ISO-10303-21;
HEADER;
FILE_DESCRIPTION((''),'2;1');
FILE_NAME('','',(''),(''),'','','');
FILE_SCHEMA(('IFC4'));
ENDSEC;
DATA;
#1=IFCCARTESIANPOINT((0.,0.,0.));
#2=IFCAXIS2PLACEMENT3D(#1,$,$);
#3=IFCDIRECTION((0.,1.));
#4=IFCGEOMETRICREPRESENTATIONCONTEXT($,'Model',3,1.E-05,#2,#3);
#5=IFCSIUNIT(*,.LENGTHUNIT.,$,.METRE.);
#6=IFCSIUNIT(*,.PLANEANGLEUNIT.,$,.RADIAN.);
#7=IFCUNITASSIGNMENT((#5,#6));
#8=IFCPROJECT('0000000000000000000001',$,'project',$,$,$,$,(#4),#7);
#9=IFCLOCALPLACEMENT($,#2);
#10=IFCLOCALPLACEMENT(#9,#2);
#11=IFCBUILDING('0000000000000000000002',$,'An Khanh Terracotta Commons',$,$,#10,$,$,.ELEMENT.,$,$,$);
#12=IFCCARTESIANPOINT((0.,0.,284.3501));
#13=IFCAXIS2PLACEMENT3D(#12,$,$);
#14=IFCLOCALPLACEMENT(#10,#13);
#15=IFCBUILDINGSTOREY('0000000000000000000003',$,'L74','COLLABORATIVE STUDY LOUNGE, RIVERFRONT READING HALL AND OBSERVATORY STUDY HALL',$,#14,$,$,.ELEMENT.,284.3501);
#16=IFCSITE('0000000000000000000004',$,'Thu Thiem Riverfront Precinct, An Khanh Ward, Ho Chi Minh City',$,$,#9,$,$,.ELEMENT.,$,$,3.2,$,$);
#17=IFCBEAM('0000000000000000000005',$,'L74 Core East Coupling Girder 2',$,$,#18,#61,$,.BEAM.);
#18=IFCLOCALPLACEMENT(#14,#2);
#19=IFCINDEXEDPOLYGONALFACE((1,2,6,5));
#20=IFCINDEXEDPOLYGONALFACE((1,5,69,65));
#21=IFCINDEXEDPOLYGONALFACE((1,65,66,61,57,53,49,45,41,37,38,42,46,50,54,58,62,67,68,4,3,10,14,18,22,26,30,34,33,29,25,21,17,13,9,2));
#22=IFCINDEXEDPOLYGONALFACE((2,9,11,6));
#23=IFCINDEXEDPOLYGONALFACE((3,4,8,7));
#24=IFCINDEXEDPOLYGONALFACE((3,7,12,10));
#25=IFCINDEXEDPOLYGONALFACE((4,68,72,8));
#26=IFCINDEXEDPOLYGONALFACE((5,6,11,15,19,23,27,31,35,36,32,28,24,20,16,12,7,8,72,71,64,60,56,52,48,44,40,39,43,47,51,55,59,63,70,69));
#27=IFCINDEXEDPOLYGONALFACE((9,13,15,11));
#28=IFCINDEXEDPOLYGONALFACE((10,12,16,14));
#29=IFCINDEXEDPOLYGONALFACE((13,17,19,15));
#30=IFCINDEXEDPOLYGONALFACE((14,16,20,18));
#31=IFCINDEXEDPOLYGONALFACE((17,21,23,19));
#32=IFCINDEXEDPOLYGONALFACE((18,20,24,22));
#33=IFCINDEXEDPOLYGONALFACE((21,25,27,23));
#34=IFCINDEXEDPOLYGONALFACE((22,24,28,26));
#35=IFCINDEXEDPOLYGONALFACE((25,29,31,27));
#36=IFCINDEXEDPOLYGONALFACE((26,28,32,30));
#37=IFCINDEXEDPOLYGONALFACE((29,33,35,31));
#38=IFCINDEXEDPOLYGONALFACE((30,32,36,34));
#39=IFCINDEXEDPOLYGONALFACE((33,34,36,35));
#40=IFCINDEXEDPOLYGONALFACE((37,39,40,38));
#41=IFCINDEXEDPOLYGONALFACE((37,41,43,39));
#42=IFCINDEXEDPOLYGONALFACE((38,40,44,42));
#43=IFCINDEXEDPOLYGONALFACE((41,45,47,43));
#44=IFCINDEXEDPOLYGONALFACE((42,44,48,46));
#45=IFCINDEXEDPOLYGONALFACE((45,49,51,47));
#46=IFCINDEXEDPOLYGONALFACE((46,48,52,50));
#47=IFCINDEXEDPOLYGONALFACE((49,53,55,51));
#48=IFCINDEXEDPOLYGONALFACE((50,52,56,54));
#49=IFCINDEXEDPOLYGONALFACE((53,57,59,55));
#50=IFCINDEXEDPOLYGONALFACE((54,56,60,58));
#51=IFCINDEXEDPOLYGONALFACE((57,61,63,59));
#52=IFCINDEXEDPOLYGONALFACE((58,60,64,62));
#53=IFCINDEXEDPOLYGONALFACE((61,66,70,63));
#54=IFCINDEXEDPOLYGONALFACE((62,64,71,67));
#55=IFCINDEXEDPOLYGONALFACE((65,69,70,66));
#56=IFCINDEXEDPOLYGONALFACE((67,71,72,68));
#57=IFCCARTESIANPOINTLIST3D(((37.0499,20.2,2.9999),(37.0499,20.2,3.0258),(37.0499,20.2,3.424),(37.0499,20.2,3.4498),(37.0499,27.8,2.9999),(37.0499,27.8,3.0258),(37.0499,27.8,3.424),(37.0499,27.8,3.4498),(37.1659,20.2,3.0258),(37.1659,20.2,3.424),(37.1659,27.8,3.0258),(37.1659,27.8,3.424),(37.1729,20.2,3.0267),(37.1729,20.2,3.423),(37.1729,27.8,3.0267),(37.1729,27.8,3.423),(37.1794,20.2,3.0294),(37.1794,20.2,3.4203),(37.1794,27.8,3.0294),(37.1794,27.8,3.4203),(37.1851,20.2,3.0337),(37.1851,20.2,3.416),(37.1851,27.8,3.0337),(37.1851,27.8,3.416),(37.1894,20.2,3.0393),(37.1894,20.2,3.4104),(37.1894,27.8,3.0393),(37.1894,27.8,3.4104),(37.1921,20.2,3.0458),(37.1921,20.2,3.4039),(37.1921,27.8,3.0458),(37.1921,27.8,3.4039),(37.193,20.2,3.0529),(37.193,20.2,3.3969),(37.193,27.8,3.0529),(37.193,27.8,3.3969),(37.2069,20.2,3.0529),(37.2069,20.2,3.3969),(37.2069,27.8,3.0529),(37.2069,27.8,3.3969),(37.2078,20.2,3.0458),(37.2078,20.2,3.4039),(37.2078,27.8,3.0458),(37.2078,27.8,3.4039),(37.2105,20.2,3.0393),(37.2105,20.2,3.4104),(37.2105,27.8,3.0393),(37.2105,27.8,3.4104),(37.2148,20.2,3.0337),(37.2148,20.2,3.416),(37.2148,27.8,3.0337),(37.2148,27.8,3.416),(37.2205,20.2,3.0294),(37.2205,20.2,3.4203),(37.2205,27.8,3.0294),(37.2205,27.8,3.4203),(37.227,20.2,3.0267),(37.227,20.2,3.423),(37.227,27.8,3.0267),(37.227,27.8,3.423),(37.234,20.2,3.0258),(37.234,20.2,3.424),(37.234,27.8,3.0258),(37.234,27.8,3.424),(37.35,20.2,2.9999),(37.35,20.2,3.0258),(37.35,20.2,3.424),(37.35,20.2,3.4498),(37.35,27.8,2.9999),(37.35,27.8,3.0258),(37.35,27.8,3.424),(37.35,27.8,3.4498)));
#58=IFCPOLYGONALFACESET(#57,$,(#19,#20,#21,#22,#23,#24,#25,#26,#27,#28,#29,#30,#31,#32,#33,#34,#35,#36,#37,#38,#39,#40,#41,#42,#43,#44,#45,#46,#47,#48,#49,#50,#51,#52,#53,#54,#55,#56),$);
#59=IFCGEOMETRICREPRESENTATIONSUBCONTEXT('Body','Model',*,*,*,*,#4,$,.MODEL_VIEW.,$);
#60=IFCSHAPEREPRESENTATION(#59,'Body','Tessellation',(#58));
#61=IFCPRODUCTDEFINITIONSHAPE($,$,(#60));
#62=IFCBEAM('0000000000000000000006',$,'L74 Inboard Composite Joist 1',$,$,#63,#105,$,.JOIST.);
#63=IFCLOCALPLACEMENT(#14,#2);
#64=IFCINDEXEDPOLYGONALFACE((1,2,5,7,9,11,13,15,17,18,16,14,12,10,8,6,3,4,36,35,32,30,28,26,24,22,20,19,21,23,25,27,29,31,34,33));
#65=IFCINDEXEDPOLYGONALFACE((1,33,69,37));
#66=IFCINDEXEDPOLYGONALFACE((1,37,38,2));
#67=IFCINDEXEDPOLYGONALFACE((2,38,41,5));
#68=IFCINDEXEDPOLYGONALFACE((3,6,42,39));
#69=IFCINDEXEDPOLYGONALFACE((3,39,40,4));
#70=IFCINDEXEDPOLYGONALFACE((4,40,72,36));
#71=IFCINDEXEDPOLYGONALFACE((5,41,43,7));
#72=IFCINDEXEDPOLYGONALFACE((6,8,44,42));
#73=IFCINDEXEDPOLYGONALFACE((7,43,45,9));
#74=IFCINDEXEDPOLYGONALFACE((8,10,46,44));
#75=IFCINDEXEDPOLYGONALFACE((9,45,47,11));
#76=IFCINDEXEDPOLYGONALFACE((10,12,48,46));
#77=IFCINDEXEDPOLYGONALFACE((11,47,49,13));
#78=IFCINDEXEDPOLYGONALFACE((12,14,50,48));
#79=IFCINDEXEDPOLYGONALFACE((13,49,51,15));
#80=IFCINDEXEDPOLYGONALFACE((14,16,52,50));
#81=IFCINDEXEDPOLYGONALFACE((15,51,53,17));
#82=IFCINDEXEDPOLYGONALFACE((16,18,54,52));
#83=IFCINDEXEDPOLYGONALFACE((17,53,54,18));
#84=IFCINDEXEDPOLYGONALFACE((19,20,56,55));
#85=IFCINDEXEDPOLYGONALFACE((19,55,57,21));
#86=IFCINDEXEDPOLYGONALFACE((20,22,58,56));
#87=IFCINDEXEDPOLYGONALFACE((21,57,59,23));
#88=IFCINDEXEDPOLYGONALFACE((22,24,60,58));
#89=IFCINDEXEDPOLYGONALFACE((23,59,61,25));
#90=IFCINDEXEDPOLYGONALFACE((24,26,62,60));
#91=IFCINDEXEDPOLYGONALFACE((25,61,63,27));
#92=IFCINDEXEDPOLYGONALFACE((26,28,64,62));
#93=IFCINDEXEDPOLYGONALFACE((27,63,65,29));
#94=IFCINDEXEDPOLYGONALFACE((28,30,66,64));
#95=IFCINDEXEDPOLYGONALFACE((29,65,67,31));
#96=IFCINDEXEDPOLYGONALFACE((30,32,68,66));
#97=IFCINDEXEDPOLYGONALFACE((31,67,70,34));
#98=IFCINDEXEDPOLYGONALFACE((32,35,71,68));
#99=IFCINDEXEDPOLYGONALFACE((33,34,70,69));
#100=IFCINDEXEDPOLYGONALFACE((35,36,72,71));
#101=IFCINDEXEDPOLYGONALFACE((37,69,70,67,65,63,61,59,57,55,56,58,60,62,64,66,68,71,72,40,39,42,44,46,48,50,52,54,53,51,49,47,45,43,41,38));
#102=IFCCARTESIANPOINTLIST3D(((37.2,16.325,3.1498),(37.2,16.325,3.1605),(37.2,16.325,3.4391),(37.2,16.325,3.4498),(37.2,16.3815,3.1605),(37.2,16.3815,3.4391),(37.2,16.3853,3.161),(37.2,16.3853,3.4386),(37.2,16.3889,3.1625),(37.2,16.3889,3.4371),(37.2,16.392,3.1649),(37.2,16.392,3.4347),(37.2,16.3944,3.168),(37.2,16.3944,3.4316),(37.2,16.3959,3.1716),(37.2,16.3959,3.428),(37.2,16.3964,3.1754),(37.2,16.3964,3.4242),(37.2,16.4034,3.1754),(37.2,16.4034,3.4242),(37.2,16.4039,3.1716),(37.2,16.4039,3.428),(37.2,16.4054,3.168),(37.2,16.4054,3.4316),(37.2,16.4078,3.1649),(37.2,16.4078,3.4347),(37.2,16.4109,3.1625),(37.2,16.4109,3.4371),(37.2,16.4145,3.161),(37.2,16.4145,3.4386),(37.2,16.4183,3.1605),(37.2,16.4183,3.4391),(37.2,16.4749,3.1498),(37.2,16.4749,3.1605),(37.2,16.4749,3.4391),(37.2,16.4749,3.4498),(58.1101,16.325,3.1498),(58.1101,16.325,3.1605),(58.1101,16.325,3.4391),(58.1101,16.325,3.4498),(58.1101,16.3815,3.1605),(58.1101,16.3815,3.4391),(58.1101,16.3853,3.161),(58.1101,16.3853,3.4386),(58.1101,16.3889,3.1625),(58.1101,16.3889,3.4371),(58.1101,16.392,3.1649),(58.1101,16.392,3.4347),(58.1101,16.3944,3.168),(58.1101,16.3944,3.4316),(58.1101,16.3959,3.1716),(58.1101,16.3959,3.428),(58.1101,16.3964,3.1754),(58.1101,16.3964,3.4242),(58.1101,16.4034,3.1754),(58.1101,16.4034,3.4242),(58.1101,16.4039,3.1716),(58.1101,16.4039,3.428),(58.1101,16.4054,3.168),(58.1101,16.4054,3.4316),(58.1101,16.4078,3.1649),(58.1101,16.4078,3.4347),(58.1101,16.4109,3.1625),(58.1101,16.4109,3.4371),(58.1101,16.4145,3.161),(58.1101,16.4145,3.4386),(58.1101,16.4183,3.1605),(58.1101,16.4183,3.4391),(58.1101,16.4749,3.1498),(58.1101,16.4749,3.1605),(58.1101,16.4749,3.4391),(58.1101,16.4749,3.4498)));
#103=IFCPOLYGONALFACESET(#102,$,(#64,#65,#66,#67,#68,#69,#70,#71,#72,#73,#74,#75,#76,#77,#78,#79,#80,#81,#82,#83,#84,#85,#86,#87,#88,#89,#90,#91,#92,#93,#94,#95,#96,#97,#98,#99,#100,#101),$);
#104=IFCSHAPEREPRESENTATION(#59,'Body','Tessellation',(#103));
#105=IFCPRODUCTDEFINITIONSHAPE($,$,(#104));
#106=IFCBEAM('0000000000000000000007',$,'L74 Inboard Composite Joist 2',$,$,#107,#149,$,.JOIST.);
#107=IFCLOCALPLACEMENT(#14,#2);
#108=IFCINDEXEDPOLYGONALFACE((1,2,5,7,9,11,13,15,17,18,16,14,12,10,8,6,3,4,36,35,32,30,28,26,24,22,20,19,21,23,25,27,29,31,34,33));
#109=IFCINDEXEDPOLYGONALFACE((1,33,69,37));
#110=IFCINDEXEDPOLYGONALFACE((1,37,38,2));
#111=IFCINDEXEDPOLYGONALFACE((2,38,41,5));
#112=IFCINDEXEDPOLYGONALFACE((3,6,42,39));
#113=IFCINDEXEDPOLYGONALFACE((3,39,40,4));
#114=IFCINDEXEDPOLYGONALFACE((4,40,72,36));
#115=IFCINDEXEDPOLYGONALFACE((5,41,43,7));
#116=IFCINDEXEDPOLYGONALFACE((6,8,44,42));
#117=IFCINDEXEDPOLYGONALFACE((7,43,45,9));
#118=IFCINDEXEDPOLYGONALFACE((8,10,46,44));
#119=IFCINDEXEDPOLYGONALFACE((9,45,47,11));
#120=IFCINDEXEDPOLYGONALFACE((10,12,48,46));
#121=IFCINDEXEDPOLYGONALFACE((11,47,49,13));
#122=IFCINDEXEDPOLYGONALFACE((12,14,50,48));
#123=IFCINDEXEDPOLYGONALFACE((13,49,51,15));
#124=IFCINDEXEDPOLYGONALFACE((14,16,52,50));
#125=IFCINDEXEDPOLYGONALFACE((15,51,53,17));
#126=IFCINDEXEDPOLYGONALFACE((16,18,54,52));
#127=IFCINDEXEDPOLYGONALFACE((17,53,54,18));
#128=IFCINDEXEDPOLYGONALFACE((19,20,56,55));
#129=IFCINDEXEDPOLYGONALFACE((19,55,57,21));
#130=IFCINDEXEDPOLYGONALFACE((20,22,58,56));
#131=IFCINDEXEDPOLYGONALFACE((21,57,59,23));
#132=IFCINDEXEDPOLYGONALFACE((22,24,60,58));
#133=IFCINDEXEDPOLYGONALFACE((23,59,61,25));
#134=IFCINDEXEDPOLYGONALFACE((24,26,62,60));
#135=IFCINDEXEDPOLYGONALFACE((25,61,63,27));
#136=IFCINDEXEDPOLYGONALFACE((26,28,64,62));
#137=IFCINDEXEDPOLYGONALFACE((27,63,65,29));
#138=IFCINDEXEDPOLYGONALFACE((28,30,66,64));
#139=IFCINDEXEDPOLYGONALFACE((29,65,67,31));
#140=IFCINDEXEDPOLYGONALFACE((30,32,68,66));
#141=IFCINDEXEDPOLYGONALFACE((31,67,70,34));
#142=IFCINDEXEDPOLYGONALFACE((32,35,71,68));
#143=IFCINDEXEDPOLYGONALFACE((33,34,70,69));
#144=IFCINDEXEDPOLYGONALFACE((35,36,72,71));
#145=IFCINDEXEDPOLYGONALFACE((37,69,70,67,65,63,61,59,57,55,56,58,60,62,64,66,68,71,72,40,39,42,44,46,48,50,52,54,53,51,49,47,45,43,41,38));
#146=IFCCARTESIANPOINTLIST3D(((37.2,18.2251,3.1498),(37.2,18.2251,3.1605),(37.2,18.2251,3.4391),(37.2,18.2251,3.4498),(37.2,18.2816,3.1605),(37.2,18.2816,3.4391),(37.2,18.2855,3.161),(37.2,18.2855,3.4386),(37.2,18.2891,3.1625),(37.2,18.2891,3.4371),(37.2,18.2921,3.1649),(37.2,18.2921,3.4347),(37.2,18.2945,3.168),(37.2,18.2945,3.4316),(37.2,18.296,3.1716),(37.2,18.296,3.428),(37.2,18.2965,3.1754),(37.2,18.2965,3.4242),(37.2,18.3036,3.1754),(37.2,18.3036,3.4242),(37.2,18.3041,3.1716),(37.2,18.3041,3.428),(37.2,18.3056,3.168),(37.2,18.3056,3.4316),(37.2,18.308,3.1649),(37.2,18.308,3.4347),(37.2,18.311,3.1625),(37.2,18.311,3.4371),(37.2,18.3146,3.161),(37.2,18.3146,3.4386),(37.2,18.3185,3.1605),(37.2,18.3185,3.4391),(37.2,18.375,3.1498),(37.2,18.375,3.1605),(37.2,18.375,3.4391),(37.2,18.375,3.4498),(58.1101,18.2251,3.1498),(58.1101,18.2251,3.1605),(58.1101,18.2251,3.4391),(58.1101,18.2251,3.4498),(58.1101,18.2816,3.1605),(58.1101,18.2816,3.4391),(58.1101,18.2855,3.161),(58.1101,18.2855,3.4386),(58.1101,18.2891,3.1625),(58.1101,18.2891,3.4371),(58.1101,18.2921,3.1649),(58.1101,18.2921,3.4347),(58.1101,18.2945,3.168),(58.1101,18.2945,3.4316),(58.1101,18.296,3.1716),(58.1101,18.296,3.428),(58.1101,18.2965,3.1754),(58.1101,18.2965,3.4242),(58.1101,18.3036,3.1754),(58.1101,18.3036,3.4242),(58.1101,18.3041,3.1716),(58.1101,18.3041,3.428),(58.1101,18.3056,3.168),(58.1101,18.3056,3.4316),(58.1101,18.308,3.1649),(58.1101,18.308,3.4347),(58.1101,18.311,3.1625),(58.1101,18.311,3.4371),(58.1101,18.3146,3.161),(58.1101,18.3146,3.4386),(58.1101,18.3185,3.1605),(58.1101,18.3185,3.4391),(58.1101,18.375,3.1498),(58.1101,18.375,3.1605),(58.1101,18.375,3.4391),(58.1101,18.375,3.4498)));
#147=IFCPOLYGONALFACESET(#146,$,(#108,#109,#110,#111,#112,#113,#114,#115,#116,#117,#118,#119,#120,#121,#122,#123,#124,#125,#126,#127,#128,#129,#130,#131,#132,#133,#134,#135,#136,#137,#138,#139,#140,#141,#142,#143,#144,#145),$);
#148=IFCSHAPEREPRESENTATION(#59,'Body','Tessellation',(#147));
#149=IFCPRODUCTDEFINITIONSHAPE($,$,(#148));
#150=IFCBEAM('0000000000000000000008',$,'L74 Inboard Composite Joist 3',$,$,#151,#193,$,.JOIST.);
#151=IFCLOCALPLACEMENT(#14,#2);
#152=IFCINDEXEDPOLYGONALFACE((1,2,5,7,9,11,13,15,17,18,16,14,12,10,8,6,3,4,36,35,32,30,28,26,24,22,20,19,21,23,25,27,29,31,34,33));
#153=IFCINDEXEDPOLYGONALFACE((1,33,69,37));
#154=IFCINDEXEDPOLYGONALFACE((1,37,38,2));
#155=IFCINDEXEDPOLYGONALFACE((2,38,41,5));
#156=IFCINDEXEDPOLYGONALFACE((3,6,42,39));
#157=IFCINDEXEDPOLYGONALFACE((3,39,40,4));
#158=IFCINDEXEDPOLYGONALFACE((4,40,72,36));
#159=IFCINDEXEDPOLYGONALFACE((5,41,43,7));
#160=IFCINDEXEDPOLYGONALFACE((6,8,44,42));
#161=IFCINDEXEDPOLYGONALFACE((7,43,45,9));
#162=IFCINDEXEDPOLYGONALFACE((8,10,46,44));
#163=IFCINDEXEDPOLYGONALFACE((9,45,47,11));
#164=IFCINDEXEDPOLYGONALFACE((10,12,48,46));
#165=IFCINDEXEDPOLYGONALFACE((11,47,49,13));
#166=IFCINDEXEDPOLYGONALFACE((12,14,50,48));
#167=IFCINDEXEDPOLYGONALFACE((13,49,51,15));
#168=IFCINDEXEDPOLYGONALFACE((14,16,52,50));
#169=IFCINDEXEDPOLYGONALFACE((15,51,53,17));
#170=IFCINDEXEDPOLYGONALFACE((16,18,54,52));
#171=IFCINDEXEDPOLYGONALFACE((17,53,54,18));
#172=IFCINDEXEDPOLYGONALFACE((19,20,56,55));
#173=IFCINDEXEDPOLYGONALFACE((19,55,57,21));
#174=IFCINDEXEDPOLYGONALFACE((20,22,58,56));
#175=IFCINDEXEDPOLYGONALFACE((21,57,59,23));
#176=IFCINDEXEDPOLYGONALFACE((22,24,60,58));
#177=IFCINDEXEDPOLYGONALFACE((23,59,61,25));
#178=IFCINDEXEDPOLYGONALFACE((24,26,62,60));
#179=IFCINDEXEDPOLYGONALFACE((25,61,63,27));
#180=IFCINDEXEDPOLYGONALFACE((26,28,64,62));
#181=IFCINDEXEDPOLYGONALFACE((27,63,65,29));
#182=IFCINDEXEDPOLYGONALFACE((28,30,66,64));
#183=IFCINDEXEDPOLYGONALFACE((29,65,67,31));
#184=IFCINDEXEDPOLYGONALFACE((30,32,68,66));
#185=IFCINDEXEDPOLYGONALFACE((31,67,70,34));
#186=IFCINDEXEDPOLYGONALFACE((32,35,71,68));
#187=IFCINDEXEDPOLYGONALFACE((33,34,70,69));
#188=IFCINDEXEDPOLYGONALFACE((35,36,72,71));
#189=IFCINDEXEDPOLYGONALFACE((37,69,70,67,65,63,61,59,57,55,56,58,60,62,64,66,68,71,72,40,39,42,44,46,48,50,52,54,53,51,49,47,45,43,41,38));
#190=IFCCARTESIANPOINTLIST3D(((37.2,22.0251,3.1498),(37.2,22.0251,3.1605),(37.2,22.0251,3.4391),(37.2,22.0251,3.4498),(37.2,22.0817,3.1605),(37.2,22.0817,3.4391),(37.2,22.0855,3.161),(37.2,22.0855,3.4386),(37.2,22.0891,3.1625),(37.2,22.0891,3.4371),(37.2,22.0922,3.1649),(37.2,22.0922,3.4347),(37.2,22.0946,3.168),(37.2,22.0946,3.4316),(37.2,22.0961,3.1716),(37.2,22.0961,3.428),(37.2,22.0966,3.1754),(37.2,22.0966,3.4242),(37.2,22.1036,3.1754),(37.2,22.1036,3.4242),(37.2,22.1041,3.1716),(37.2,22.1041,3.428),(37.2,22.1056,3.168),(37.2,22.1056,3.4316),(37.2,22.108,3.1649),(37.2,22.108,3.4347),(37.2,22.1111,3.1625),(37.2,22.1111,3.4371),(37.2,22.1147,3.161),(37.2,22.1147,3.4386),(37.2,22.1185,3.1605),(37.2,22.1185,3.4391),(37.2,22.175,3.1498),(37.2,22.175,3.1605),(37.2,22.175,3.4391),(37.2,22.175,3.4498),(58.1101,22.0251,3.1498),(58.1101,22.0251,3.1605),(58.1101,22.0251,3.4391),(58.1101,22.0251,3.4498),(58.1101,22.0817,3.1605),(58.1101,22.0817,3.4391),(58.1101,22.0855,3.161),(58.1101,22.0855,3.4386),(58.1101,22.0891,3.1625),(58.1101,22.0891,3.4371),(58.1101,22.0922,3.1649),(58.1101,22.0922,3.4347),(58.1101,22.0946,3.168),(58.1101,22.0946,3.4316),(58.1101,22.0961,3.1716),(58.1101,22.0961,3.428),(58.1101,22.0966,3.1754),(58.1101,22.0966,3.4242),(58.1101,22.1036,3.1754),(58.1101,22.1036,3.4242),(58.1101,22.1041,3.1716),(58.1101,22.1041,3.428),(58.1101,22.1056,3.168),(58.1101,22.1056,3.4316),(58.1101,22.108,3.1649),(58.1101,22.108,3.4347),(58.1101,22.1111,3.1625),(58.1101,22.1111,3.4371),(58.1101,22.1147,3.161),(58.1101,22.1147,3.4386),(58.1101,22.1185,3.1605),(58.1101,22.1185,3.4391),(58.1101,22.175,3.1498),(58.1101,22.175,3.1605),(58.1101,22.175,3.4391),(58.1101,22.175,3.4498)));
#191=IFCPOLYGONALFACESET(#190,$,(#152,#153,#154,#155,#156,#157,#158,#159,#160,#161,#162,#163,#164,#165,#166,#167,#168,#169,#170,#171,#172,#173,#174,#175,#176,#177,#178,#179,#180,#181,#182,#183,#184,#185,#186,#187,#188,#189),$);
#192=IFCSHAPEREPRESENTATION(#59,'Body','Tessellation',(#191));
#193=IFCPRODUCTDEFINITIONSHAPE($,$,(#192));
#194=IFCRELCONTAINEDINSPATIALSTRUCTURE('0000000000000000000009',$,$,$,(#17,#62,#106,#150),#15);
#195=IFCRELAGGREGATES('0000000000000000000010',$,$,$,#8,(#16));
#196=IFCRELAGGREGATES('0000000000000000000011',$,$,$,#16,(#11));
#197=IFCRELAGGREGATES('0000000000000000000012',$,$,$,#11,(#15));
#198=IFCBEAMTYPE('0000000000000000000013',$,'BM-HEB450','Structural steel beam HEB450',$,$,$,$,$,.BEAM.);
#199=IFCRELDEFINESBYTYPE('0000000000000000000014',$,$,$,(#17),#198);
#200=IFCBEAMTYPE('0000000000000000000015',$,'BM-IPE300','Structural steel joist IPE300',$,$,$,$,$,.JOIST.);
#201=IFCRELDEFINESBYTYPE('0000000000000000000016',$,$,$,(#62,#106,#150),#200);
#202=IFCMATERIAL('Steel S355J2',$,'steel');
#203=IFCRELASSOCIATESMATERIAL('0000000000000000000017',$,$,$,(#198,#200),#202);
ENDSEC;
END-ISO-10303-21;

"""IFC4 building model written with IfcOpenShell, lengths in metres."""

from ifc_helpers import new_model, si_unit, direction, frame, origin, origin_2d, place, context, subcontext, project, spatial, i_section, extrude, material, material_profile, profile_set, type_object, element, save


model = new_model("IFC4")

# Units and contexts
model_context = context("Model", 3, precision=1e-05, world=origin(), true_north=direction((0.0, 1.0)))
body_context = subcontext(model_context, "Body", "Model", "MODEL_VIEW")
ifc_project = project(units=[si_unit("LENGTHUNIT", "METRE"), si_unit("PLANEANGLEUNIT", "RADIAN")], contexts=[model_context])

# Site, building, storey
site_placement = place(None, origin())
site = spatial("IfcSite", under=ifc_project, at=site_placement, Name="Thu Thiem Riverfront Precinct, An Khanh Ward, Ho Chi Minh City", CompositionType="ELEMENT", RefElevation=3.2)
building_placement = place(site_placement, origin())
building = spatial("IfcBuilding", under=site, at=building_placement, Name="An Khanh Terracotta Commons", CompositionType="ELEMENT")
storey_placement = place(building_placement, frame((0.0, 0.0, 284.3501)))
storey = spatial("IfcBuildingStorey", under=building, at=storey_placement, Name="L74", Description="COLLABORATIVE STUDY LOUNGE, RIVERFRONT READING HALL AND OBSERVATORY STUDY HALL", CompositionType="ELEMENT", Elevation=284.3501)

# Beams
ifc_material_1 = material(Name="Steel S355J2", Category="steel")
ifc_material_profile_1 = material_profile(ifc_material_1, i_section(OverallWidth=0.3, OverallDepth=0.45, WebThickness=0.0139, FlangeThickness=0.0259, FilletRadius=0.0271, at=origin_2d()), Name="HEB450")
ifc_profile_set_1 = profile_set([ifc_material_profile_1], Name="Steel S355J2")
beam_type_1 = type_object("IfcBeamType", Name="BM-HEB450", Description="Structural steel beam HEB450", PredefinedType="BEAM", material=ifc_profile_set_1)
beam_1_placement = place(storey_placement, frame((37.2, 20.2, 3.2249), z_axis=(0.0, 1.0, 0.0), x_axis=(-1.0, 0.0, 0.0)))
element("IfcBeam", 1, at=beam_1_placement, inside=storey, type_object=beam_type_1, Name="L74 Core East Coupling Girder 2", PredefinedType="BEAM", context=body_context, shape_type="SweptSolid", body=[
    extrude(i_section(OverallWidth=0.3, OverallDepth=0.45, WebThickness=0.0139, FlangeThickness=0.0259, FilletRadius=0.0271, at=origin_2d()), origin(), (0.0, 0.0, 1.0), 7.6001),
])
ifc_material_profile_2 = material_profile(ifc_material_1, i_section(OverallWidth=0.1499, OverallDepth=0.3, WebThickness=0.0071, FlangeThickness=0.0107, FilletRadius=0.0149, at=origin_2d()), Name="IPE300")
ifc_profile_set_2 = profile_set([ifc_material_profile_2], Name="Steel S355J2")
beam_type_2 = type_object("IfcBeamType", Name="BM-IPE300", Description="Structural steel joist IPE300", PredefinedType="JOIST", material=ifc_profile_set_2)
for number, where, z_axis, x_axis, name in (
    (2, (37.2, 16.3999, 3.2998), (1.0, 0.0, 0.0), (0.0, 1.0, 0.0), "L74 Inboard Composite Joist 1"),
    (3, (37.2, 18.3, 3.2998), (1.0, 0.0, 0.0), (0.0, 1.0, 0.0), "L74 Inboard Composite Joist 2"),
    (4, (37.2, 22.1001, 3.2998), (1.0, 0.0, 0.0), (0.0, 1.0, 0.0), "L74 Inboard Composite Joist 3"),
):
    element("IfcBeam", number, at=place(storey_placement, frame(where, z_axis=z_axis, x_axis=x_axis)), inside=storey, type_object=beam_type_2, Name=name, PredefinedType="JOIST", context=body_context, shape_type="SweptSolid", body=[
        extrude(i_section(OverallWidth=0.1499, OverallDepth=0.3, WebThickness=0.0071, FlangeThickness=0.0107, FilletRadius=0.0149, at=origin_2d()), origin(), (0.0, 0.0, 1.0), 20.9102),
    ])

save(model, "model.ifc")
